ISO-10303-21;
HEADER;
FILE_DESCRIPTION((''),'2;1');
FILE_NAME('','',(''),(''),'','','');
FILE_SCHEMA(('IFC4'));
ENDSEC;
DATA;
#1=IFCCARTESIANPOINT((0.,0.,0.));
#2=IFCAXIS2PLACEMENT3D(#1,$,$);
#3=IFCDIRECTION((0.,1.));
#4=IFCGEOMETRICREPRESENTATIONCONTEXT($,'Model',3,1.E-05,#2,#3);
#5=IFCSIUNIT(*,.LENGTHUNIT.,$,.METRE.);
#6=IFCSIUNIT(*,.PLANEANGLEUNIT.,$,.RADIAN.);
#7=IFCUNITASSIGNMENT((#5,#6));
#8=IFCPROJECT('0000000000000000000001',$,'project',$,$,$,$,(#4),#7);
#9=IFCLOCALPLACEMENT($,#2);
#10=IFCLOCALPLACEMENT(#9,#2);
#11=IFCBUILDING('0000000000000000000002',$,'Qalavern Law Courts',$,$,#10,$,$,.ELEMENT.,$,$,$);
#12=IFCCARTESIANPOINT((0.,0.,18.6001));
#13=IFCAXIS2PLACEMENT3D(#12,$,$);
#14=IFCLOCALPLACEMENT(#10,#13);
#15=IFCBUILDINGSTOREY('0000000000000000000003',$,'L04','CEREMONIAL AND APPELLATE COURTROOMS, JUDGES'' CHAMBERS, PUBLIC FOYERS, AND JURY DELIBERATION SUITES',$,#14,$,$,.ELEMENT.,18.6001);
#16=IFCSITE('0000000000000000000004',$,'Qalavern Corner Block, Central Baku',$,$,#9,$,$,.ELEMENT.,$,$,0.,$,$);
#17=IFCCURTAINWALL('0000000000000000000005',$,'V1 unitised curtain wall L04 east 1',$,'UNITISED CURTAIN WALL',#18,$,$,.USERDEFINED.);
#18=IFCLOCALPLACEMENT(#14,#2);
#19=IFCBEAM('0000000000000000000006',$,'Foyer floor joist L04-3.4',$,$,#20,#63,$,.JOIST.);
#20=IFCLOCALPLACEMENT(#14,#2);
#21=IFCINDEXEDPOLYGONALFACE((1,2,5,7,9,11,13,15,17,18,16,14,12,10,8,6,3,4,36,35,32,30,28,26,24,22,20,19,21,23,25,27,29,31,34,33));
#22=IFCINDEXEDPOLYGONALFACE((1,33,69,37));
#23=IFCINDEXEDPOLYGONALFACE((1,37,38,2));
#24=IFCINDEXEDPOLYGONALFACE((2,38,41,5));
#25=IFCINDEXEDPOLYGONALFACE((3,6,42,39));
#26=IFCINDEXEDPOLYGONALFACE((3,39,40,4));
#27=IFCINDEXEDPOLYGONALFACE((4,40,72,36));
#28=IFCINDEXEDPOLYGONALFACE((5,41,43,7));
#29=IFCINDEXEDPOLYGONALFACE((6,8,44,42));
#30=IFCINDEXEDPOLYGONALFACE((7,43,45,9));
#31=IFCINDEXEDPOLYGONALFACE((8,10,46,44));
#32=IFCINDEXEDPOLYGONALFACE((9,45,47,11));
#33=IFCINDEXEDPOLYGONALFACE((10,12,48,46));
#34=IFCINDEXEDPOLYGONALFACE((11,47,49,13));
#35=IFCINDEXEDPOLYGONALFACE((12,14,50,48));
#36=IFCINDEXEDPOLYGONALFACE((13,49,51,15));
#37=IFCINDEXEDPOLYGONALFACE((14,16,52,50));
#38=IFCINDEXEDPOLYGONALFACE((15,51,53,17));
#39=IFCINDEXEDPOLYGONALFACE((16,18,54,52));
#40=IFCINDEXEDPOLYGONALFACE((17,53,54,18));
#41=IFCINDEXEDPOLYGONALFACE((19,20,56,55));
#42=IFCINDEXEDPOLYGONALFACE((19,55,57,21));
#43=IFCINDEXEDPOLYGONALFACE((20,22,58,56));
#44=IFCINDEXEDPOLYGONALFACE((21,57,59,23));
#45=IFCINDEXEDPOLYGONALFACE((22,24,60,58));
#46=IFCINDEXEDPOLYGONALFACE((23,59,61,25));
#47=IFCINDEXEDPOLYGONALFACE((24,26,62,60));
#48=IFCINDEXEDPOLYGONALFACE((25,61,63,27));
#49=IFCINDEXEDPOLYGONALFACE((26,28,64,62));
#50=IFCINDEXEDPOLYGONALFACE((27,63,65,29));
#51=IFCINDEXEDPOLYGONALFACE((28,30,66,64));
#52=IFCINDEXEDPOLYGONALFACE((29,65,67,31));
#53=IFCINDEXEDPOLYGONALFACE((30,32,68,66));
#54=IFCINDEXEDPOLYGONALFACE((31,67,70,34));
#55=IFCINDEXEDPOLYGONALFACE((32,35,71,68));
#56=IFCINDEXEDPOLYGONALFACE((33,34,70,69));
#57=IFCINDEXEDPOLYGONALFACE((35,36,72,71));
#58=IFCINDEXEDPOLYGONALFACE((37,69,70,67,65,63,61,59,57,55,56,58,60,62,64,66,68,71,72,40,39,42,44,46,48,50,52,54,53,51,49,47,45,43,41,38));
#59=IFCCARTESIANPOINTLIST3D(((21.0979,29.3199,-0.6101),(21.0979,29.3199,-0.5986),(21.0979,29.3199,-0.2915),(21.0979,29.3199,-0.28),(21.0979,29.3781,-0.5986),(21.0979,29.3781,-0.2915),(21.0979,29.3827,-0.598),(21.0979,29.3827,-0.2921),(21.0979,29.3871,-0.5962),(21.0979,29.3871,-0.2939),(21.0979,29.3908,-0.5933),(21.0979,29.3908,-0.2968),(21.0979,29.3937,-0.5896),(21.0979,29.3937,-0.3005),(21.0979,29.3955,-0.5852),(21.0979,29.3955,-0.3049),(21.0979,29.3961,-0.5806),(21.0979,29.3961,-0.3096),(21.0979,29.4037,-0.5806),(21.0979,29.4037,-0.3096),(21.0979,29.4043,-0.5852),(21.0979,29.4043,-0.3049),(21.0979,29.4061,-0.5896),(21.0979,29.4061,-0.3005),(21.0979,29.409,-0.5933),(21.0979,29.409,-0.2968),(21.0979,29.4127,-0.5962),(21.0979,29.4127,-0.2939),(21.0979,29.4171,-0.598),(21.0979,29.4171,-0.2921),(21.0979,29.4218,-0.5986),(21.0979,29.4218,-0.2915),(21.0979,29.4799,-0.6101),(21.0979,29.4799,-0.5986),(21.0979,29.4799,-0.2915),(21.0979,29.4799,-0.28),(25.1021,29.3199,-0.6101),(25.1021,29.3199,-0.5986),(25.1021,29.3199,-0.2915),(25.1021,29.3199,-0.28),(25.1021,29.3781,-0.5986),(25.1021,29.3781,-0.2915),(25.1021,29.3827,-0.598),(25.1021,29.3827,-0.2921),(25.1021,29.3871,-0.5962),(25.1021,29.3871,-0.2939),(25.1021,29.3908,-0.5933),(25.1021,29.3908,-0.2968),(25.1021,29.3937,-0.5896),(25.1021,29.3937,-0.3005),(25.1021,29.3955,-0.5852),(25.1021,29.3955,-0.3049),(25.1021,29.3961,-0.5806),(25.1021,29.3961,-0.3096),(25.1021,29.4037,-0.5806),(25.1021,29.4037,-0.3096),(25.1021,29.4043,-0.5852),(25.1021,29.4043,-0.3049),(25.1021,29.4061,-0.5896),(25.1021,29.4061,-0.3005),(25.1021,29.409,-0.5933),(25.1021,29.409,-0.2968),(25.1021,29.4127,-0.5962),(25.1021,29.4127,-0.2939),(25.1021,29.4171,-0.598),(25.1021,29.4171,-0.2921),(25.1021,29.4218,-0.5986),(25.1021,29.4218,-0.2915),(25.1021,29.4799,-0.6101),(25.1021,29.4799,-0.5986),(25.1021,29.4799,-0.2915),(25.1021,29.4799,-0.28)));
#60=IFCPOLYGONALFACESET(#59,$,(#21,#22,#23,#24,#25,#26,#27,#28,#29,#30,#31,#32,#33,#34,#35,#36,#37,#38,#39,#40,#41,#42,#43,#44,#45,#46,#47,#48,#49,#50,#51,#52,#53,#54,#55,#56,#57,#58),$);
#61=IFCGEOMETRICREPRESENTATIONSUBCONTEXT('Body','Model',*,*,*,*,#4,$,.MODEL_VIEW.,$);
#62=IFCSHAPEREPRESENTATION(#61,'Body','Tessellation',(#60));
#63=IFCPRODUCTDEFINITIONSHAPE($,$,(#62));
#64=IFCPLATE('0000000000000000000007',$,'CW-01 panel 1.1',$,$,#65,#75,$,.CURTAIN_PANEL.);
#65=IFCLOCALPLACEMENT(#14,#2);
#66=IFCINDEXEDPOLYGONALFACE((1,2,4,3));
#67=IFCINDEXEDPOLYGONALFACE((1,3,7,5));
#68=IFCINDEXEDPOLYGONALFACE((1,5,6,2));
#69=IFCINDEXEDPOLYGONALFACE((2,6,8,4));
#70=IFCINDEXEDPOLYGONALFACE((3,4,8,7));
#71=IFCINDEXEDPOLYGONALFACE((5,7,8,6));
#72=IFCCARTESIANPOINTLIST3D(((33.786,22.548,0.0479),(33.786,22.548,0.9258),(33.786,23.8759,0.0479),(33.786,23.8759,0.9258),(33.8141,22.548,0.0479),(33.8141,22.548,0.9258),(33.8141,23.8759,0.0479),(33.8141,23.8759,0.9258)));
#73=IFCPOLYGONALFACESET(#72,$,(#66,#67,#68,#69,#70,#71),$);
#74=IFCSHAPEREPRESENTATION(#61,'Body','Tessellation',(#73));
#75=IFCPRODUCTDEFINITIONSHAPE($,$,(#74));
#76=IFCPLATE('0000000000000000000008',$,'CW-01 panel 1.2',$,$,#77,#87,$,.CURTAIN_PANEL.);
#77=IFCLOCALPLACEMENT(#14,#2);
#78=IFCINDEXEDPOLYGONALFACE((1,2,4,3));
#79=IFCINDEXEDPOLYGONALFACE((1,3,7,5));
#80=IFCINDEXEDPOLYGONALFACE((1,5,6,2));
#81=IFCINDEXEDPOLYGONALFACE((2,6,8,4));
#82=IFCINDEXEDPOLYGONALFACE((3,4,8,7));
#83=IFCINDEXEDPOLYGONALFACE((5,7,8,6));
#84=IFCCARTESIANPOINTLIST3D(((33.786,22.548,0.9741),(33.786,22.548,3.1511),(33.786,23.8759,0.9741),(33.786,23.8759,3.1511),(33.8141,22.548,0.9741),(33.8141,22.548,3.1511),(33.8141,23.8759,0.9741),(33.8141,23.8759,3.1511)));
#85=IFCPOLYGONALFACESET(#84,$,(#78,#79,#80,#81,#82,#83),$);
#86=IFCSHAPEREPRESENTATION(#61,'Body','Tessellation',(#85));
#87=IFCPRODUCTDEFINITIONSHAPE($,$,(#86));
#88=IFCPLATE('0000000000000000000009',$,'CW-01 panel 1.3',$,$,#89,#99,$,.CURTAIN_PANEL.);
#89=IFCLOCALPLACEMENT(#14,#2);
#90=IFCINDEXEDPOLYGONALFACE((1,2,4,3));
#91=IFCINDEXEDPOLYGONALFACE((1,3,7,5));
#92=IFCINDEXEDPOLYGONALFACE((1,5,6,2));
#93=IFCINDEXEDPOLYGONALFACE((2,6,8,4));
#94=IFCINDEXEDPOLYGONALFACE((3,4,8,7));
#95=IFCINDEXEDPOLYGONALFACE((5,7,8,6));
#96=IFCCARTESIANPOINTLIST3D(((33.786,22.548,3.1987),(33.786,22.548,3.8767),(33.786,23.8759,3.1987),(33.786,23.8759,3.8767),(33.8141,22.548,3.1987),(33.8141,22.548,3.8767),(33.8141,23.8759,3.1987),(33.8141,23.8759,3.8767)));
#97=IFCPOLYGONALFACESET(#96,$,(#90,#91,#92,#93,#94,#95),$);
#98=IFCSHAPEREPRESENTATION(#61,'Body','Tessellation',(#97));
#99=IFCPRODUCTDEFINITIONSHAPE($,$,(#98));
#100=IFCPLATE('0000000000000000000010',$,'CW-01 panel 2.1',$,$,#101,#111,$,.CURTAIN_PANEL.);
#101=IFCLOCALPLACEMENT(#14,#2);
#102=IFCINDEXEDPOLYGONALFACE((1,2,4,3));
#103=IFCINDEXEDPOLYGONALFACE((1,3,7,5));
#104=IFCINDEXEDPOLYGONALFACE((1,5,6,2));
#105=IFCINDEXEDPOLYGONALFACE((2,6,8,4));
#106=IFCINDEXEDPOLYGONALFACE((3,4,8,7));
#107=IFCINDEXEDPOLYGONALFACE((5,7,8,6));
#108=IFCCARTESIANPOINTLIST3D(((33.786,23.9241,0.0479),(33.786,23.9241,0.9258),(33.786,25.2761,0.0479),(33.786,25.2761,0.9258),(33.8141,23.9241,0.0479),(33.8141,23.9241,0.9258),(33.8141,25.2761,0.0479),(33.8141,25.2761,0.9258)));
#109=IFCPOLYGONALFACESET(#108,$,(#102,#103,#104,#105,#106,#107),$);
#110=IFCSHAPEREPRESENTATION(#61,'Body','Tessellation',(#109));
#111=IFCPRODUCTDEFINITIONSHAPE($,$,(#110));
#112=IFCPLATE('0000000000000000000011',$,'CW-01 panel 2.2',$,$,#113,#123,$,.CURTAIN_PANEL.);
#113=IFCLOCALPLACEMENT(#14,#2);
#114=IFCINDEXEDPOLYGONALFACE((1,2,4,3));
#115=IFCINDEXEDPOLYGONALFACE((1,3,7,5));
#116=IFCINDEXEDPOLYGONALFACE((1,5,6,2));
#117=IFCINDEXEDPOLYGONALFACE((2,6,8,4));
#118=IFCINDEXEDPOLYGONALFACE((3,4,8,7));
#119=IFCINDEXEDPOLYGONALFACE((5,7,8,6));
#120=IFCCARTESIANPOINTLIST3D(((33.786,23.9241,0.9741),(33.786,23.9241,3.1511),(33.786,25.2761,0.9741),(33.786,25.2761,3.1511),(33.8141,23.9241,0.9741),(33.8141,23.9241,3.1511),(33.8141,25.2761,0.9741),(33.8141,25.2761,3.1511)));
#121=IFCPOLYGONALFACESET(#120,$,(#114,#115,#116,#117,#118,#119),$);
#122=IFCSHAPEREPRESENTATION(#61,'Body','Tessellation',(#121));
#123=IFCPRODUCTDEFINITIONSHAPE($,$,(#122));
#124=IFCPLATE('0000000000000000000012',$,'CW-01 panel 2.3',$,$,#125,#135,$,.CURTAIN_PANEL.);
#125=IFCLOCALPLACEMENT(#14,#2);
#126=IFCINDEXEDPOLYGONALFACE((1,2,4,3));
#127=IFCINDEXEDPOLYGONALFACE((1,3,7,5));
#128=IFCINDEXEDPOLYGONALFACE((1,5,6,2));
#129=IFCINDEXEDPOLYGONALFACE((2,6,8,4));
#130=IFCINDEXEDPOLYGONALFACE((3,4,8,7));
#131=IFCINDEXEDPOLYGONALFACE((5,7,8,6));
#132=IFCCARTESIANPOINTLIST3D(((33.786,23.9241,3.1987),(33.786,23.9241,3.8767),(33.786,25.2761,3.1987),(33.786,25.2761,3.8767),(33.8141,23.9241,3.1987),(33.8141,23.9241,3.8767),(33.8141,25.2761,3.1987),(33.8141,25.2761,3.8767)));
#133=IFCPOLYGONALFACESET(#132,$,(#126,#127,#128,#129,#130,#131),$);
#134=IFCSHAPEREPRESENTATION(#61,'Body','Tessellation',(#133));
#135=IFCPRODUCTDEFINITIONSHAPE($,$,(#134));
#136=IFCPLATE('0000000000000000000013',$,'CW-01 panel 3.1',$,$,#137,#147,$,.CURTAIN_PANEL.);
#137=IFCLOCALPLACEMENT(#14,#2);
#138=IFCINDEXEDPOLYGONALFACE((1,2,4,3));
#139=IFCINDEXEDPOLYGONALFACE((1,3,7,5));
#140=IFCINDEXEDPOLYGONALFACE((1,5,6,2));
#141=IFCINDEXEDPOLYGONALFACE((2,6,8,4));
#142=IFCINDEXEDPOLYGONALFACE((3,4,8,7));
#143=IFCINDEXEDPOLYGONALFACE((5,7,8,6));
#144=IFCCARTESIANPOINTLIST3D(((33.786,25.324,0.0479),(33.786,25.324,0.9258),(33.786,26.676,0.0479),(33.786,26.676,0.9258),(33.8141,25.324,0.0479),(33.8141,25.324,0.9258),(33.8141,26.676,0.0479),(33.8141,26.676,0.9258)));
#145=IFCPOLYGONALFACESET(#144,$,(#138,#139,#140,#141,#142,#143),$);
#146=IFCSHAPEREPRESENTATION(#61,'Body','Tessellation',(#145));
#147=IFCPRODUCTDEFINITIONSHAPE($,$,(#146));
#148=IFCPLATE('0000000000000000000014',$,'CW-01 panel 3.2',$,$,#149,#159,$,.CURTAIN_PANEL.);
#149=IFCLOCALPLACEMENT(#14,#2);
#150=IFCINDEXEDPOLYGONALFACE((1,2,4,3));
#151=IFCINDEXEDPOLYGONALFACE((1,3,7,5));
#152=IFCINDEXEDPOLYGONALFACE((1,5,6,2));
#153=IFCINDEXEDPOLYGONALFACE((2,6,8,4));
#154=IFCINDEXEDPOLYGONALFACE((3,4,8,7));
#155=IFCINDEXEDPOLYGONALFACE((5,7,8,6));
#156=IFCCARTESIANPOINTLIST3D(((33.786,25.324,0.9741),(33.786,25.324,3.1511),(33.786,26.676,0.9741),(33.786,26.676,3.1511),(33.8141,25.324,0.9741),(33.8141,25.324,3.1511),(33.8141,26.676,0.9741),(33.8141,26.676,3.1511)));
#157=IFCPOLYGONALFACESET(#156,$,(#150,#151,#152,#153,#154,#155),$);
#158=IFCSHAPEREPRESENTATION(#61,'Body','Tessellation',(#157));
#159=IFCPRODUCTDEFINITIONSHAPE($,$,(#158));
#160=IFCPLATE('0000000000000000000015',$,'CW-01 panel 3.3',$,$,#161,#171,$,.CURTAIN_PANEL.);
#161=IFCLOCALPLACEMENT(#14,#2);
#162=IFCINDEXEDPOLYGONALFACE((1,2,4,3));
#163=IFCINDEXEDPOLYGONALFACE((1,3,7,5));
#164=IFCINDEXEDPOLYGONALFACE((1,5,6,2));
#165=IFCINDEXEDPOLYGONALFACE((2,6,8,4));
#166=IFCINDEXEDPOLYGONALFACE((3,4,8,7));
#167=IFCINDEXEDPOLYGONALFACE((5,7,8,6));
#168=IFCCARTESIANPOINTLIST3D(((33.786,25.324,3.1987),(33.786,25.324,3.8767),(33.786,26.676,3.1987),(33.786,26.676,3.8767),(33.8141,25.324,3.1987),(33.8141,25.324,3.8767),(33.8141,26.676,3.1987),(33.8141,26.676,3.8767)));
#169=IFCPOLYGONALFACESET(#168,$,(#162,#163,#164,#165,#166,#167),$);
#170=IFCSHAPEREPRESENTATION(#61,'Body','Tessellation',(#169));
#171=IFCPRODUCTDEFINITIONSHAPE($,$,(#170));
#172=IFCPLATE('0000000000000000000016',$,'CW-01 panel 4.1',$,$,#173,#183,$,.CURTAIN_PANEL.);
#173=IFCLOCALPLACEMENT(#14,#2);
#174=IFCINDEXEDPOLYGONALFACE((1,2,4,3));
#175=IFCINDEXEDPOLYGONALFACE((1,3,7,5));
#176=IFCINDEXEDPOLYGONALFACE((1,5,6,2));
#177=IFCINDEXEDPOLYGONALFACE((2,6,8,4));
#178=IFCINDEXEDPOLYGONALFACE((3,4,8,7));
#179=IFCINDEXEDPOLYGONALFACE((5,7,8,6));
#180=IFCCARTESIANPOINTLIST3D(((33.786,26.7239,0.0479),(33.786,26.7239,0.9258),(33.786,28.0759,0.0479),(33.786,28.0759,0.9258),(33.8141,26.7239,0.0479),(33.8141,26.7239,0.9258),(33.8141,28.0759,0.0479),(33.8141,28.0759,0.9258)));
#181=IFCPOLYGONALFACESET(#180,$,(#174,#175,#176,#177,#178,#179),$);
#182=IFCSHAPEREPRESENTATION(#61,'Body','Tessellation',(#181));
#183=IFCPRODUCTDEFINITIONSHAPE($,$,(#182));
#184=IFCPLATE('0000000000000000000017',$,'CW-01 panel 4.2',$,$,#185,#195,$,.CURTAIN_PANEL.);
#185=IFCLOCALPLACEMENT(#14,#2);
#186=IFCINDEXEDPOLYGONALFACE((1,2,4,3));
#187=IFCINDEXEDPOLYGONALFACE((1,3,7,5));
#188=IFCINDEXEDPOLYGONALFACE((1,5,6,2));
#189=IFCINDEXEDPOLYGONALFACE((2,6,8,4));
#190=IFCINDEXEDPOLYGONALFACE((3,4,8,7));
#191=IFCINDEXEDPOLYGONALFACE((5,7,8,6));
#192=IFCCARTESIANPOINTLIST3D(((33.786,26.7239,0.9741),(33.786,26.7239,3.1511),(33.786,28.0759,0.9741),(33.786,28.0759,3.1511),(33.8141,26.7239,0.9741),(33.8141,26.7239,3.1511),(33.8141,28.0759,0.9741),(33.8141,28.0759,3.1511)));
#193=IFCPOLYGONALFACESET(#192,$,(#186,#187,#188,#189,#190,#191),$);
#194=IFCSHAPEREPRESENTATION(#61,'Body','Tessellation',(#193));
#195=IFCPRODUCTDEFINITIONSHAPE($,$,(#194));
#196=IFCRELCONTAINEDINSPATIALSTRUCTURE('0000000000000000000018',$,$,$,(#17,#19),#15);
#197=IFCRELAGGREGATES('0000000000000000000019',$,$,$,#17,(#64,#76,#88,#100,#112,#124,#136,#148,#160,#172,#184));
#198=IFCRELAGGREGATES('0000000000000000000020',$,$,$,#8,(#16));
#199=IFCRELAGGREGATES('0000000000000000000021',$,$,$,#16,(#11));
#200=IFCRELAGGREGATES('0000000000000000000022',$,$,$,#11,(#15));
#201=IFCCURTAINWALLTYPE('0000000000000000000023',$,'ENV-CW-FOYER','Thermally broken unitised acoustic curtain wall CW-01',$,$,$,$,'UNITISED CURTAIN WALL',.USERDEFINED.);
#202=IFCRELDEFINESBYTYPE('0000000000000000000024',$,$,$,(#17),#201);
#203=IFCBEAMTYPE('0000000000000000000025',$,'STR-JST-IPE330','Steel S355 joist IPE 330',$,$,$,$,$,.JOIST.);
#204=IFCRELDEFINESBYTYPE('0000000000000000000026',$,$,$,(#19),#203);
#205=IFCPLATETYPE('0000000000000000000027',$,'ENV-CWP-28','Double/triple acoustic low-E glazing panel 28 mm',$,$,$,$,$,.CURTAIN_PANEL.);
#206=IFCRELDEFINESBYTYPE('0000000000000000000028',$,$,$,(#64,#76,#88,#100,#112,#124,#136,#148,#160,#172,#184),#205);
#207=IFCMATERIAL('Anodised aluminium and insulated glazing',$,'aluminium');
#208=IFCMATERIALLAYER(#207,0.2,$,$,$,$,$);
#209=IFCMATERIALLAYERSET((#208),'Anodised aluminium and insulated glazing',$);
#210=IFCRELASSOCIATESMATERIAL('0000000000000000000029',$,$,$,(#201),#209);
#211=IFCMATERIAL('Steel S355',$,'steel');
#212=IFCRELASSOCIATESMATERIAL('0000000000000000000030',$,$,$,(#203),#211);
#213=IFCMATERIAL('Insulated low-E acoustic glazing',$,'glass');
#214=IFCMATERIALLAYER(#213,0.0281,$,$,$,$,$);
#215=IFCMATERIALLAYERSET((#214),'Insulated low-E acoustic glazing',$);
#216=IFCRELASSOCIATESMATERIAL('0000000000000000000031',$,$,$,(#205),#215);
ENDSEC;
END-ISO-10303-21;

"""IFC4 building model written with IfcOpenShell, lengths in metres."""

from ifc_helpers import new_model, si_unit, direction, frame, origin, origin_2d, place, context, subcontext, project, spatial, rectangle, i_section, extrude, material, layer, layer_set, material_profile, profile_set, type_object, element, aggregate, save


model = new_model("IFC4")

# Units and contexts
model_context = context("Model", 3, precision=1e-05, world=origin(), true_north=direction((0.0, 1.0)))
body_context = subcontext(model_context, "Body", "Model", "MODEL_VIEW")
ifc_project = project(units=[si_unit("LENGTHUNIT", "METRE"), si_unit("PLANEANGLEUNIT", "RADIAN")], contexts=[model_context])

# Site, building, storey
site_placement = place(None, origin())
site = spatial("IfcSite", under=ifc_project, at=site_placement, Name="Qalavern Corner Block, Central Baku", CompositionType="ELEMENT", RefElevation=0.0)
building_placement = place(site_placement, origin())
building = spatial("IfcBuilding", under=site, at=building_placement, Name="Qalavern Law Courts", CompositionType="ELEMENT")
storey_placement = place(building_placement, frame((0.0, 0.0, 18.6001)))
storey = spatial("IfcBuildingStorey", under=building, at=storey_placement, Name="L04", Description="CEREMONIAL AND APPELLATE COURTROOMS, JUDGES' CHAMBERS, PUBLIC FOYERS, AND JURY DELIBERATION SUITES", CompositionType="ELEMENT", Elevation=18.6001)

# Curtain wall
ifc_material_1 = material(Name="Anodised aluminium and insulated glazing", Category="aluminium")
ifc_layer_1 = layer(ifc_material_1, 0.2)
ifc_layer_set_1 = layer_set([ifc_layer_1], Name="Anodised aluminium and insulated glazing")
curtain_wall_type = type_object("IfcCurtainWallType", Name="ENV-CW-FOYER", Description="Thermally broken unitised acoustic curtain wall CW-01", ElementType="UNITISED CURTAIN WALL", PredefinedType="USERDEFINED", material=ifc_layer_set_1)
curtain_wall_placement = place(storey_placement, origin())
curtain_wall = element("IfcCurtainWall", 1, at=curtain_wall_placement, inside=storey, type_object=curtain_wall_type, Name="V1 unitised curtain wall L04 east 1", ObjectType="UNITISED CURTAIN WALL", PredefinedType="USERDEFINED")

# Beam
ifc_material_2 = material(Name="Steel S355", Category="steel")
ifc_material_profile_1 = material_profile(ifc_material_2, i_section(OverallWidth=0.1599, OverallDepth=0.3301, WebThickness=0.0076, FlangeThickness=0.0115, FilletRadius=0.0181, at=origin_2d()), Name="IPE 330")
ifc_profile_set_1 = profile_set([ifc_material_profile_1], Name="Steel S355")
beam_type = type_object("IfcBeamType", Name="STR-JST-IPE330", Description="Steel S355 joist IPE 330", PredefinedType="JOIST", material=ifc_profile_set_1)
for number, where, z_axis, x_axis, name in (
    (2, (21.0979, 29.3999, -0.4451), (1.0, 0.0, 0.0), (0.0, 1.0, 0.0), "Foyer floor joist L04-3.4"),
):
    element("IfcBeam", number, at=place(storey_placement, frame(where, z_axis=z_axis, x_axis=x_axis)), inside=storey, type_object=beam_type, Name=name, PredefinedType="JOIST", context=body_context, shape_type="SweptSolid", body=[
        extrude(i_section(OverallWidth=0.1599, OverallDepth=0.3301, WebThickness=0.0076, FlangeThickness=0.0115, FilletRadius=0.0181, at=origin_2d()), origin(), (0.0, 0.0, 1.0), 4.0042),
    ])

# Plates
ifc_material_3 = material(Name="Insulated low-E acoustic glazing", Category="glass")
ifc_layer_2 = layer(ifc_material_3, 0.0281)
ifc_layer_set_2 = layer_set([ifc_layer_2], Name="Insulated low-E acoustic glazing")
plate_type = type_object("IfcPlateType", Name="ENV-CWP-28", Description="Double/triple acoustic low-E glazing panel 28 mm", PredefinedType="CURTAIN_PANEL", material=ifc_layer_set_2)
plate_1_placement = place(storey_placement, frame((33.8, 23.2119, 0.0479), z_axis=(0.0, 0.0, 1.0), x_axis=(0.0, 1.0, 0.0)))
plate_1 = element("IfcPlate", 3, at=plate_1_placement, type_object=plate_type, Name="CW-01 panel 1.1", PredefinedType="CURTAIN_PANEL", context=body_context, shape_type="SweptSolid", body=[
    extrude(rectangle(XDim=1.3279, YDim=0.0281, at=origin_2d()), origin(), (0.0, 0.0, 1.0), 0.8779),
])
plate_2_placement = place(storey_placement, frame((33.8, 23.2119, 0.9741), z_axis=(0.0, 0.0, 1.0), x_axis=(0.0, 1.0, 0.0)))
plate_2 = element("IfcPlate", 4, at=plate_2_placement, type_object=plate_type, Name="CW-01 panel 1.2", PredefinedType="CURTAIN_PANEL", context=body_context, shape_type="SweptSolid", body=[
    extrude(rectangle(XDim=1.3279, YDim=0.0281, at=origin_2d()), origin(), (0.0, 0.0, 1.0), 2.177),
])
plate_3_placement = place(storey_placement, frame((33.8, 23.2119, 3.1987), z_axis=(0.0, 0.0, 1.0), x_axis=(0.0, 1.0, 0.0)))
plate_3 = element("IfcPlate", 5, at=plate_3_placement, type_object=plate_type, Name="CW-01 panel 1.3", PredefinedType="CURTAIN_PANEL", context=body_context, shape_type="SweptSolid", body=[
    extrude(rectangle(XDim=1.3279, YDim=0.0281, at=origin_2d()), origin(), (0.0, 0.0, 1.0), 0.678),
])
plate_4_placement = place(storey_placement, frame((33.8, 24.6001, 0.0479), z_axis=(0.0, 0.0, 1.0), x_axis=(0.0, 1.0, 0.0)))
plate_4 = element("IfcPlate", 6, at=plate_4_placement, type_object=plate_type, Name="CW-01 panel 2.1", PredefinedType="CURTAIN_PANEL", context=body_context, shape_type="SweptSolid", body=[
    extrude(rectangle(XDim=1.3521, YDim=0.0281, at=origin_2d()), origin(), (0.0, 0.0, 1.0), 0.8779),
])
plate_5_placement = place(storey_placement, frame((33.8, 24.6001, 0.9741), z_axis=(0.0, 0.0, 1.0), x_axis=(0.0, 1.0, 0.0)))
plate_5 = element("IfcPlate", 7, at=plate_5_placement, type_object=plate_type, Name="CW-01 panel 2.2", PredefinedType="CURTAIN_PANEL", context=body_context, shape_type="SweptSolid", body=[
    extrude(rectangle(XDim=1.3521, YDim=0.0281, at=origin_2d()), origin(), (0.0, 0.0, 1.0), 2.177),
])
plate_6_placement = place(storey_placement, frame((33.8, 24.6001, 3.1987), z_axis=(0.0, 0.0, 1.0), x_axis=(0.0, 1.0, 0.0)))
plate_6 = element("IfcPlate", 8, at=plate_6_placement, type_object=plate_type, Name="CW-01 panel 2.3", PredefinedType="CURTAIN_PANEL", context=body_context, shape_type="SweptSolid", body=[
    extrude(rectangle(XDim=1.3521, YDim=0.0281, at=origin_2d()), origin(), (0.0, 0.0, 1.0), 0.678),
])
plate_7_placement = place(storey_placement, frame((33.8, 26.0, 0.0479), z_axis=(0.0, 0.0, 1.0), x_axis=(0.0, 1.0, 0.0)))
plate_7 = element("IfcPlate", 9, at=plate_7_placement, type_object=plate_type, Name="CW-01 panel 3.1", PredefinedType="CURTAIN_PANEL", context=body_context, shape_type="SweptSolid", body=[
    extrude(rectangle(XDim=1.3521, YDim=0.0281, at=origin_2d()), origin(), (0.0, 0.0, 1.0), 0.8779),
])
plate_8_placement = place(storey_placement, frame((33.8, 26.0, 0.9741), z_axis=(0.0, 0.0, 1.0), x_axis=(0.0, 1.0, 0.0)))
plate_8 = element("IfcPlate", 10, at=plate_8_placement, type_object=plate_type, Name="CW-01 panel 3.2", PredefinedType="CURTAIN_PANEL", context=body_context, shape_type="SweptSolid", body=[
    extrude(rectangle(XDim=1.3521, YDim=0.0281, at=origin_2d()), origin(), (0.0, 0.0, 1.0), 2.177),
])
plate_9_placement = place(storey_placement, frame((33.8, 26.0, 3.1987), z_axis=(0.0, 0.0, 1.0), x_axis=(0.0, 1.0, 0.0)))
plate_9 = element("IfcPlate", 11, at=plate_9_placement, type_object=plate_type, Name="CW-01 panel 3.3", PredefinedType="CURTAIN_PANEL", context=body_context, shape_type="SweptSolid", body=[
    extrude(rectangle(XDim=1.3521, YDim=0.0281, at=origin_2d()), origin(), (0.0, 0.0, 1.0), 0.678),
])
plate_10_placement = place(storey_placement, frame((33.8, 27.3999, 0.0479), z_axis=(0.0, 0.0, 1.0), x_axis=(0.0, 1.0, 0.0)))
plate_10 = element("IfcPlate", 12, at=plate_10_placement, type_object=plate_type, Name="CW-01 panel 4.1", PredefinedType="CURTAIN_PANEL", context=body_context, shape_type="SweptSolid", body=[
    extrude(rectangle(XDim=1.3521, YDim=0.0281, at=origin_2d()), origin(), (0.0, 0.0, 1.0), 0.8779),
])
plate_11_placement = place(storey_placement, frame((33.8, 27.3999, 0.9741), z_axis=(0.0, 0.0, 1.0), x_axis=(0.0, 1.0, 0.0)))
plate_11 = element("IfcPlate", 13, at=plate_11_placement, type_object=plate_type, Name="CW-01 panel 4.2", PredefinedType="CURTAIN_PANEL", context=body_context, shape_type="SweptSolid", body=[
    extrude(rectangle(XDim=1.3521, YDim=0.0281, at=origin_2d()), origin(), (0.0, 0.0, 1.0), 2.177),
])
aggregate(curtain_wall, [plate_1, plate_2, plate_3, plate_4, plate_5, plate_6, plate_7, plate_8, plate_9, plate_10, plate_11])

save(model, "model.ifc")
